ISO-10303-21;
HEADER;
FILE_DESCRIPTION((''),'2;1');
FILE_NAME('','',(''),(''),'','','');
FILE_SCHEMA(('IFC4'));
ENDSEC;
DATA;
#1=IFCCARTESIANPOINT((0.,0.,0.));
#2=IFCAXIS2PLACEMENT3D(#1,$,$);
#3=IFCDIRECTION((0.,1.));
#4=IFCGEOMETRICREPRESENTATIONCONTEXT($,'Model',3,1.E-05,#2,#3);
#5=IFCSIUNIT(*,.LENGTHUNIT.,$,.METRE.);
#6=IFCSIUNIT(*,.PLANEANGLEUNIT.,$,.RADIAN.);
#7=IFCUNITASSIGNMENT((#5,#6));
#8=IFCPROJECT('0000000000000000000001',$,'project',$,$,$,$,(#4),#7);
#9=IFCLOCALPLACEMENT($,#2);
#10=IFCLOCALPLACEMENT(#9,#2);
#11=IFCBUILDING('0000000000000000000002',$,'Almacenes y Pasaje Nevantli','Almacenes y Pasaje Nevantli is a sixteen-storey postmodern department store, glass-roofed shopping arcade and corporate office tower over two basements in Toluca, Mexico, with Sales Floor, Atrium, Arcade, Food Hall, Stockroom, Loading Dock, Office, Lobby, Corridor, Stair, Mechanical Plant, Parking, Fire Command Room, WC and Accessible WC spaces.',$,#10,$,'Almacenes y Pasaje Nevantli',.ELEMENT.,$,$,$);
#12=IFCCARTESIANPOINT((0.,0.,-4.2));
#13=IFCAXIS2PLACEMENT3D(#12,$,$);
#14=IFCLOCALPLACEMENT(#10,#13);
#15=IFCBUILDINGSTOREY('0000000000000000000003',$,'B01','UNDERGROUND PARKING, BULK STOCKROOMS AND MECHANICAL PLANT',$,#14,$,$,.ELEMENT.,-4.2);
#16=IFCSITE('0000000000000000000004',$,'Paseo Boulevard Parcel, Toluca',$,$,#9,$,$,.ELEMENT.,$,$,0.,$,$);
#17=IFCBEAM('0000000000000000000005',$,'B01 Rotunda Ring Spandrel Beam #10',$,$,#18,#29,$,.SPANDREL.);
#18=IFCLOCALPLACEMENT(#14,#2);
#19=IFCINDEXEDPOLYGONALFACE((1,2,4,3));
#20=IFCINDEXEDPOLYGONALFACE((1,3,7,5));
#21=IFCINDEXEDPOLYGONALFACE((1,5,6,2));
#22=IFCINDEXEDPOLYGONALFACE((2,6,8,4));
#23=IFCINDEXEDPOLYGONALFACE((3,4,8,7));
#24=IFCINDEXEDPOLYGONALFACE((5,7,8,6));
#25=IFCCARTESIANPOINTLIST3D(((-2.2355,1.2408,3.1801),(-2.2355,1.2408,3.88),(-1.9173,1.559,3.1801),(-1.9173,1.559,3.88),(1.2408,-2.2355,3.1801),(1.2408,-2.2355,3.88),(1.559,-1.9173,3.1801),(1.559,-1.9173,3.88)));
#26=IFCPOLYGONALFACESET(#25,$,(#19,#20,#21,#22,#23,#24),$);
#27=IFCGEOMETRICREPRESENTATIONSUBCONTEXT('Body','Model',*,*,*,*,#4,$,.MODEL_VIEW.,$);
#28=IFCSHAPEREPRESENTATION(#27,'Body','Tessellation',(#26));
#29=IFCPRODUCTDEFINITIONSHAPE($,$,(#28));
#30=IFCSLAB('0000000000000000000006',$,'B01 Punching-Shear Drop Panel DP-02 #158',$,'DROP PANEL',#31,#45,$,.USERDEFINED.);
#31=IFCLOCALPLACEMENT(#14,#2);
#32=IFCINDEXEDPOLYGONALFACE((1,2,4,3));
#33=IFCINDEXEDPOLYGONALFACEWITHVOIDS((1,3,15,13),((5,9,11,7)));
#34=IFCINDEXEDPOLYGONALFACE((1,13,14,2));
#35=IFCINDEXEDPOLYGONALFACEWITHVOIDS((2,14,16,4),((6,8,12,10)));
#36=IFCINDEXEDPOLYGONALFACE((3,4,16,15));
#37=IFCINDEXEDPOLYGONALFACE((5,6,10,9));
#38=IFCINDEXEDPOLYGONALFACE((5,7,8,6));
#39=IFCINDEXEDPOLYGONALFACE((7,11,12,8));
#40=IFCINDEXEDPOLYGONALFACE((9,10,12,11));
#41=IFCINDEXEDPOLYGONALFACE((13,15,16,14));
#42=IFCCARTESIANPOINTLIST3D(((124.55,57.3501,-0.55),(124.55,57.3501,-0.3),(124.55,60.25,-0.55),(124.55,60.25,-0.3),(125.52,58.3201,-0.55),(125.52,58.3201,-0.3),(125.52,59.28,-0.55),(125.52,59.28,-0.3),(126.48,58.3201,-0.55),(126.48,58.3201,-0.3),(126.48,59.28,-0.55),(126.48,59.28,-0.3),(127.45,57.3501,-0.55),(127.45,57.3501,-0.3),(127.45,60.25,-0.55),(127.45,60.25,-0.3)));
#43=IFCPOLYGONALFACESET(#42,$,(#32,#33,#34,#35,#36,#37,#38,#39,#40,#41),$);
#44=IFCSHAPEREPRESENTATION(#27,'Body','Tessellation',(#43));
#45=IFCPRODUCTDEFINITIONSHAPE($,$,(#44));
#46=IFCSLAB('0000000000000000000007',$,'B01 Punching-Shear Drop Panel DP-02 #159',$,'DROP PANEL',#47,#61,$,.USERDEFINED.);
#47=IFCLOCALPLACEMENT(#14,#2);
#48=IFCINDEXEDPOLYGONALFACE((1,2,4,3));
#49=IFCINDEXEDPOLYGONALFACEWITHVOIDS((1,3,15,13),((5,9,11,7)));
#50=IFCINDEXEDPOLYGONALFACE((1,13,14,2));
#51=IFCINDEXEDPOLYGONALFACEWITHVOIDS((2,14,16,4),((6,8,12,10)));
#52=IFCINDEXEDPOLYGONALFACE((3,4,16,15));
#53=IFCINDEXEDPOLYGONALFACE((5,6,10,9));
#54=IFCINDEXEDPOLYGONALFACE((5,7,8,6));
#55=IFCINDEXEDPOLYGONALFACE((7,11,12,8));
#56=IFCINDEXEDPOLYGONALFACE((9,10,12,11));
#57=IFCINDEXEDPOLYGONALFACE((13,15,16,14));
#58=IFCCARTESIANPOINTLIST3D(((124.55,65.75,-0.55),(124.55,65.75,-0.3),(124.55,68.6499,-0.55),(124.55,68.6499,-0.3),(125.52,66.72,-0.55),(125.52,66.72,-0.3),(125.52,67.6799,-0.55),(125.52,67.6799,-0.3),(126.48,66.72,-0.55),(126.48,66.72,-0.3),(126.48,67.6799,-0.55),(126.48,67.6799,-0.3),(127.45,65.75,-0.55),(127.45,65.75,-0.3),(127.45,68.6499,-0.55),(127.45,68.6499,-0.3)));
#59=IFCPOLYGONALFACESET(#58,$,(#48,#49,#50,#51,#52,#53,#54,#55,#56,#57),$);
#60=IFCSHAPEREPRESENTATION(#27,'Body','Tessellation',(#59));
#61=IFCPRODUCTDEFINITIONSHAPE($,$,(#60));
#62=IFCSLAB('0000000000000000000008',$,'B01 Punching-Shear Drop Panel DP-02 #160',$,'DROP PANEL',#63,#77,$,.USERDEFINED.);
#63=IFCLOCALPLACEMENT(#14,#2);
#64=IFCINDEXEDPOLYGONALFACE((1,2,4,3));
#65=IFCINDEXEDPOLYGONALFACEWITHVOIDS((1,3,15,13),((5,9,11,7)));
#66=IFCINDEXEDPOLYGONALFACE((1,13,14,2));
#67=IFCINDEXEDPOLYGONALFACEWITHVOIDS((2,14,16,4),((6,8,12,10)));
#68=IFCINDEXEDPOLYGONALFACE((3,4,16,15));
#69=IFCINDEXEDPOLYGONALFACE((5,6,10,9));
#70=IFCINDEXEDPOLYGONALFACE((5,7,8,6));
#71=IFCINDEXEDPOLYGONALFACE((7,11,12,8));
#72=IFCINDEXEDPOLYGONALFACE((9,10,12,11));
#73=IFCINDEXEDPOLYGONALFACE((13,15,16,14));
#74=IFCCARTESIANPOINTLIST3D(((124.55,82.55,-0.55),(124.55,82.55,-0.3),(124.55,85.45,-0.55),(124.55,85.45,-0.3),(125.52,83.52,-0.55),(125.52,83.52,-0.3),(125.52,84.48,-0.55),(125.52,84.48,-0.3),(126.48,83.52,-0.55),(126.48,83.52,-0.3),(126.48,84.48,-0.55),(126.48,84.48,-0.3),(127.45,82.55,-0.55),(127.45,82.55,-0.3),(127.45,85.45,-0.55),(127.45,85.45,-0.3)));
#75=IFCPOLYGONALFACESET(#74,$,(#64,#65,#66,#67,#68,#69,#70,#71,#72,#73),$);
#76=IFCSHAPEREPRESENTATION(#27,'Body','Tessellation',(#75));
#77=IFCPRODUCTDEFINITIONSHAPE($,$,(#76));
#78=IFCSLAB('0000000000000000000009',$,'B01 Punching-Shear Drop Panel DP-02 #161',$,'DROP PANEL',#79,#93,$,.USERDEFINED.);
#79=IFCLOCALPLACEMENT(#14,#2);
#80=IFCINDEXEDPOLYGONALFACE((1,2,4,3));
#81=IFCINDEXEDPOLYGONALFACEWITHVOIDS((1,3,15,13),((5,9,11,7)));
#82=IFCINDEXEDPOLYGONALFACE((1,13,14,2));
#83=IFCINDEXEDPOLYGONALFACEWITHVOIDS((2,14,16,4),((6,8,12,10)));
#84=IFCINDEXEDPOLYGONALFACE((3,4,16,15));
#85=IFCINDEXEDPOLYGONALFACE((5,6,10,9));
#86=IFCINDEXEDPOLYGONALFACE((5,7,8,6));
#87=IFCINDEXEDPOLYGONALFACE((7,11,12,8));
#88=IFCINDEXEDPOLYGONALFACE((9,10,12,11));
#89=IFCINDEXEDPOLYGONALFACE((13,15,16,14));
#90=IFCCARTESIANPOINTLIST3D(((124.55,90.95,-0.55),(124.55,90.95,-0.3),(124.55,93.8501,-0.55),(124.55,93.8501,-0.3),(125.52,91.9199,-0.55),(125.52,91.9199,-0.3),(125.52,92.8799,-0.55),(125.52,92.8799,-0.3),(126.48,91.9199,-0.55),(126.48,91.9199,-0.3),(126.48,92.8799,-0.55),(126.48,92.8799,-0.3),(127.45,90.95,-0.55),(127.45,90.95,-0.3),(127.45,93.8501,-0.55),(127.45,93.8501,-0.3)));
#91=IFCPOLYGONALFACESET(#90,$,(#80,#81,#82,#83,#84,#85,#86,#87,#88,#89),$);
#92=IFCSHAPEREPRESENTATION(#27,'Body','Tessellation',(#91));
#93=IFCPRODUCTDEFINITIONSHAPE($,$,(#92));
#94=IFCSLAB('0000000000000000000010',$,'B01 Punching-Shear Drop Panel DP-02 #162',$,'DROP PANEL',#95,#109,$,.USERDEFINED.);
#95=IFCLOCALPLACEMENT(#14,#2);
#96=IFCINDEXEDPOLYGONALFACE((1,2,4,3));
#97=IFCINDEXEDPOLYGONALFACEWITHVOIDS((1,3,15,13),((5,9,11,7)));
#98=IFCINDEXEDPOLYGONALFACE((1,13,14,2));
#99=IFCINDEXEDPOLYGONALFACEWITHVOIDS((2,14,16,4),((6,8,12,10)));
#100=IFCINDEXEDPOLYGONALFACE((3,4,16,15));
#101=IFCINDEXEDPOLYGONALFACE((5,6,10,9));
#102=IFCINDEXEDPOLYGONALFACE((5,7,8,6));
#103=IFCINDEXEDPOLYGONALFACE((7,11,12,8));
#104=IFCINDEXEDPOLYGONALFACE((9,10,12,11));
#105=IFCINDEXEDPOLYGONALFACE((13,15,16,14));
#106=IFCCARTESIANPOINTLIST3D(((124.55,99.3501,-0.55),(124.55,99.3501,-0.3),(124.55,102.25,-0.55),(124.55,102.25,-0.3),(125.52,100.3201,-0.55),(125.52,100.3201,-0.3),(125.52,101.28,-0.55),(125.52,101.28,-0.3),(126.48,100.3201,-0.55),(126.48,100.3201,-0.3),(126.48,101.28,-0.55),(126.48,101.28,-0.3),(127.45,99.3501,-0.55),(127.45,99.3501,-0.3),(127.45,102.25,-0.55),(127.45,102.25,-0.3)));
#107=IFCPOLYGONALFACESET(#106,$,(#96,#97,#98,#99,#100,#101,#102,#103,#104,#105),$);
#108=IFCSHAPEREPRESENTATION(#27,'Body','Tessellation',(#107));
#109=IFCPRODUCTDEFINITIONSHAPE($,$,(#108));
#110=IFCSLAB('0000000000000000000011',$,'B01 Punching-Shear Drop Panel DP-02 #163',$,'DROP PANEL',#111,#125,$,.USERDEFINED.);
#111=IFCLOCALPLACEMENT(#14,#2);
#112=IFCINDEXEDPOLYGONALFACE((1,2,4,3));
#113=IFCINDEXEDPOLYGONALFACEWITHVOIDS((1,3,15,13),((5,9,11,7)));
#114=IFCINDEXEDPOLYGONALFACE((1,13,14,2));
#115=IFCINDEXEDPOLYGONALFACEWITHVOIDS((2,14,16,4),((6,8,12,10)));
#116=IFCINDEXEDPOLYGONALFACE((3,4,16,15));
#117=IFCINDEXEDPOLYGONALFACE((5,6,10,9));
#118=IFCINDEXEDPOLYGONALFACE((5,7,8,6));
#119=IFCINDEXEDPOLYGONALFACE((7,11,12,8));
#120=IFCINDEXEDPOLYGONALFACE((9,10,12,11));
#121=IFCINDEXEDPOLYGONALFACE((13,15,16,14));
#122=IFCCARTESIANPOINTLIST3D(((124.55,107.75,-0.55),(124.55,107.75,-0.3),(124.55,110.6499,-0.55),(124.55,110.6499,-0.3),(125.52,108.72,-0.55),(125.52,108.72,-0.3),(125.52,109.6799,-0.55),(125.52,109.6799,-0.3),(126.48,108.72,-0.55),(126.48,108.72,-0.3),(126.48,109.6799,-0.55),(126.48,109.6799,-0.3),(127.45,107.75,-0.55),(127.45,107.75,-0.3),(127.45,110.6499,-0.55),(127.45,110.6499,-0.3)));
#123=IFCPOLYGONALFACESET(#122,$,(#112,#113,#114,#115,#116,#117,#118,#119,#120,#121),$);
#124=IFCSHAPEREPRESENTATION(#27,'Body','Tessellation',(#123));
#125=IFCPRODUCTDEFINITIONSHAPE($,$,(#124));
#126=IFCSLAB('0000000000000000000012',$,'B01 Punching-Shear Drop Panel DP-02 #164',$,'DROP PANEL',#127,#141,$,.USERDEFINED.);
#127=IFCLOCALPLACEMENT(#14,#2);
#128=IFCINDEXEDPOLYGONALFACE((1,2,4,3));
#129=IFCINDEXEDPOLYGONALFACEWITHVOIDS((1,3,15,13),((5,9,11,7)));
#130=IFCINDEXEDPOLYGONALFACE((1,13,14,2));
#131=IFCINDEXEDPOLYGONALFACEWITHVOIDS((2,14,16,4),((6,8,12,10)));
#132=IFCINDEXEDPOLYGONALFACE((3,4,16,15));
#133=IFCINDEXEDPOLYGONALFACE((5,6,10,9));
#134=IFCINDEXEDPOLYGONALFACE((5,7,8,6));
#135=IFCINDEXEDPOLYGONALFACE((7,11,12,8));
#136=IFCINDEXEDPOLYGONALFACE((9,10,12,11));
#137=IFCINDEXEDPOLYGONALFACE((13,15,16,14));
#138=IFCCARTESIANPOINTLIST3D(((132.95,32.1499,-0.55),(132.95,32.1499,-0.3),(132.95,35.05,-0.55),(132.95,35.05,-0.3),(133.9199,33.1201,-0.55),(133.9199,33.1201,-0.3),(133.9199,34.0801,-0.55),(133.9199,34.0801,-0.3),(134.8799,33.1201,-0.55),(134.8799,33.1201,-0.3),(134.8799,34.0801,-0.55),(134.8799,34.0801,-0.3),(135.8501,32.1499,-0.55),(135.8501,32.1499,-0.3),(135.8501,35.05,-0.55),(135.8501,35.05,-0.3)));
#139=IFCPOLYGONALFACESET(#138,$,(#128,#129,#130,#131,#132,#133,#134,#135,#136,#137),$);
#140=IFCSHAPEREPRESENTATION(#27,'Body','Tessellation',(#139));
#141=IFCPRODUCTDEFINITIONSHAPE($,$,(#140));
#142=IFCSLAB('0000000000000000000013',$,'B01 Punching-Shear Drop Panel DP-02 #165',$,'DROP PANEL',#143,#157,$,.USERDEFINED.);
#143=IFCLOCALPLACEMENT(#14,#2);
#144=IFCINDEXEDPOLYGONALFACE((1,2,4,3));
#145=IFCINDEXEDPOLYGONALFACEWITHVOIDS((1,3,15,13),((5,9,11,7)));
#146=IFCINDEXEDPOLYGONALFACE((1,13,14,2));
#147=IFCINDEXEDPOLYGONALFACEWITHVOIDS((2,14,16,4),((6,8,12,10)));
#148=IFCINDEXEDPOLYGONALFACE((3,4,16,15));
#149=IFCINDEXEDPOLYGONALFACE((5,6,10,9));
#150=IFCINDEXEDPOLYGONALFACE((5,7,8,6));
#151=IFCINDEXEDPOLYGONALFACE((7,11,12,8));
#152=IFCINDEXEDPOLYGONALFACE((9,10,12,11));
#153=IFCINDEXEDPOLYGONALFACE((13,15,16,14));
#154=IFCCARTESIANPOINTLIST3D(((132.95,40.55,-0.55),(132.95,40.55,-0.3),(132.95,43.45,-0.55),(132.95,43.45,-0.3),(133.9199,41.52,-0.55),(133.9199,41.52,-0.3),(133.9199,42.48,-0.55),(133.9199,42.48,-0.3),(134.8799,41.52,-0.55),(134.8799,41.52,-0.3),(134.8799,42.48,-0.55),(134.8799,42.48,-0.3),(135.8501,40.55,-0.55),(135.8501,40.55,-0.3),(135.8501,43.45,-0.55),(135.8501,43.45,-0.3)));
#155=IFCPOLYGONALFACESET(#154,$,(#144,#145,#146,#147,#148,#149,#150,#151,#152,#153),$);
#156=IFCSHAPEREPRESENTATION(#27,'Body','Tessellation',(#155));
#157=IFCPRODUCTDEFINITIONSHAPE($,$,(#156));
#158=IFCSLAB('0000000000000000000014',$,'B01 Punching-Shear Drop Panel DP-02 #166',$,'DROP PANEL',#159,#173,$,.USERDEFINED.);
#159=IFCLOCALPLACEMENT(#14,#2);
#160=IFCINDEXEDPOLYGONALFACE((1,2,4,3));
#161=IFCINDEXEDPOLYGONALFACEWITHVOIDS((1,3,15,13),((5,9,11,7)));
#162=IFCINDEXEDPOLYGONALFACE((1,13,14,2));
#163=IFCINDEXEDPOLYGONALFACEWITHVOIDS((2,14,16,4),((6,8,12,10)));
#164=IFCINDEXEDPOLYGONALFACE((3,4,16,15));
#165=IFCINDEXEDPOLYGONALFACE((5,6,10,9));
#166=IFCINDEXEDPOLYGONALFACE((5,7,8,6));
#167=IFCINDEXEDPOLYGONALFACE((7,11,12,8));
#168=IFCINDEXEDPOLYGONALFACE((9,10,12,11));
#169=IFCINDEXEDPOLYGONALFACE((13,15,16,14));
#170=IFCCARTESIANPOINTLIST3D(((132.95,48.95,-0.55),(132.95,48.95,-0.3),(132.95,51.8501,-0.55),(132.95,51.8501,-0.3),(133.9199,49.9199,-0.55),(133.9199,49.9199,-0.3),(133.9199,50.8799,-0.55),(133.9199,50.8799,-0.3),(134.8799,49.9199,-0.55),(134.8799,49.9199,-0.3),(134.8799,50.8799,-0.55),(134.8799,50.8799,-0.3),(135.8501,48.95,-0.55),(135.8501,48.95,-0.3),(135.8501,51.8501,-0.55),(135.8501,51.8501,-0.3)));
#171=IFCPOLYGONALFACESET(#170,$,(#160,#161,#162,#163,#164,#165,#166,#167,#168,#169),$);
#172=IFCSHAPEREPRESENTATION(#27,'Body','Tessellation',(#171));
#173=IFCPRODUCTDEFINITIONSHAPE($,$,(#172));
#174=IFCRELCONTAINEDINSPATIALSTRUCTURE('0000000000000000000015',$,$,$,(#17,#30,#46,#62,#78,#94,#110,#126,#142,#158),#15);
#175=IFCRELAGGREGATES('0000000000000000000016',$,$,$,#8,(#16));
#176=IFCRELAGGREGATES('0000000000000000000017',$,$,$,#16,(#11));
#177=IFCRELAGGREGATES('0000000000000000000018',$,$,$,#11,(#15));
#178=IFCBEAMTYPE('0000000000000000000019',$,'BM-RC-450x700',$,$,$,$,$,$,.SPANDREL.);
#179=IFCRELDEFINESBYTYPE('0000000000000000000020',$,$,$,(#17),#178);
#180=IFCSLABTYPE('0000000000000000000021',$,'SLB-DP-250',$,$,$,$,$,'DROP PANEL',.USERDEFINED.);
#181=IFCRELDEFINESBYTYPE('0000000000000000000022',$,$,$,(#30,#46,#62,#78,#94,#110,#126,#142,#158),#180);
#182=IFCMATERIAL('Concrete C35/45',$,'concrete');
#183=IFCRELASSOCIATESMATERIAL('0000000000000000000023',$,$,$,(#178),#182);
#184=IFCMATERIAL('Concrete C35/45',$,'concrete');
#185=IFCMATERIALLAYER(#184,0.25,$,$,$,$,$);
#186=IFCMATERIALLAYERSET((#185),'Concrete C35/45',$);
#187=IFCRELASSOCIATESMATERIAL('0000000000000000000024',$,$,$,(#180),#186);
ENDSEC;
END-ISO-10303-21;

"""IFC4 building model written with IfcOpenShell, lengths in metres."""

from ifc_helpers import new_model, si_unit, direction, frame, origin, origin_2d, place, context, subcontext, project, spatial, polyline, rectangle, outline, extrude, material, layer, layer_set, material_profile, profile_set, type_object, element, save


model = new_model("IFC4")

# Units and contexts
model_context = context("Model", 3, precision=1e-05, world=origin(), true_north=direction((0.0, 1.0)))
body_context = subcontext(model_context, "Body", "Model", "MODEL_VIEW")
ifc_project = project(units=[si_unit("LENGTHUNIT", "METRE"), si_unit("PLANEANGLEUNIT", "RADIAN")], contexts=[model_context])

# Site, building, storey
site_placement = place(None, origin())
site = spatial("IfcSite", under=ifc_project, at=site_placement, Name="Paseo Boulevard Parcel, Toluca", CompositionType="ELEMENT", RefElevation=0.0)
building_placement = place(site_placement, origin())
building = spatial("IfcBuilding", under=site, at=building_placement, Name="Almacenes y Pasaje Nevantli", Description="Almacenes y Pasaje Nevantli is a sixteen-storey postmodern department store, glass-roofed shopping arcade and corporate office tower over two basements in Toluca, Mexico, with Sales Floor, Atrium, Arcade, Food Hall, Stockroom, Loading Dock, Office, Lobby, Corridor, Stair, Mechanical Plant, Parking, Fire Command Room, WC and Accessible WC spaces.", LongName="Almacenes y Pasaje Nevantli", CompositionType="ELEMENT")
storey_placement = place(building_placement, frame((0.0, 0.0, -4.2)))
storey = spatial("IfcBuildingStorey", under=building, at=storey_placement, Name="B01", Description="UNDERGROUND PARKING, BULK STOCKROOMS AND MECHANICAL PLANT", CompositionType="ELEMENT", Elevation=-4.2)

# Beam
ifc_material_1 = material(Name="Concrete C35/45", Category="concrete")
ifc_material_profile_1 = material_profile(ifc_material_1, rectangle(XDim=0.45, YDim=0.7, at=origin_2d()), Name="RC-BM-450x700")
ifc_profile_set_1 = profile_set([ifc_material_profile_1], Name="Concrete C35/45")
beam_type = type_object("IfcBeamType", Name="BM-RC-450x700", PredefinedType="SPANDREL", material=ifc_profile_set_1)
for number, where, z_axis, x_axis, name in (
    (1, (-2.0764, 1.3999, 3.53), (0.707107, -0.707107, 0.0), (0.707107, 0.707107, 0.0), "B01 Rotunda Ring Spandrel Beam #10"),
):
    element("IfcBeam", number, at=place(storey_placement, frame(where, z_axis=z_axis, x_axis=x_axis)), inside=storey, type_object=beam_type, Name=name, PredefinedType="SPANDREL", context=body_context, shape_type="SweptSolid", body=[
        extrude(rectangle(XDim=0.45, YDim=0.7, at=origin_2d()), origin(), (0.0, 0.0, 1.0), 4.9163),
    ])

# Slabs
ifc_material_2 = material(Name="Concrete C35/45", Category="concrete")
ifc_layer_1 = layer(ifc_material_2, 0.25)
ifc_layer_set_1 = layer_set([ifc_layer_1], Name="Concrete C35/45")
slab_type = type_object("IfcSlabType", Name="SLB-DP-250", ElementType="DROP PANEL", PredefinedType="USERDEFINED", material=ifc_layer_set_1)
slab_1_placement = place(storey_placement, frame((0.0, 0.0, -0.55)))
element("IfcSlab", 2, at=slab_1_placement, inside=storey, type_object=slab_type, Name="B01 Punching-Shear Drop Panel DP-02 #158", ObjectType="DROP PANEL", PredefinedType="USERDEFINED", context=body_context, shape_type="SweptSolid", body=[
    extrude(outline(polyline([(124.55, 57.3501), (127.45, 57.3501), (127.45, 60.25), (124.55, 60.25), (124.55, 57.3501)]), holes=[polyline([(125.52, 58.3201), (126.48, 58.3201), (126.48, 59.28), (125.52, 59.28), (125.52, 58.3201)])]), origin(), (0.0, 0.0, 1.0), 0.25),
])
slab_2_placement = place(storey_placement, frame((0.0, 0.0, -0.55)))
element("IfcSlab", 3, at=slab_2_placement, inside=storey, type_object=slab_type, Name="B01 Punching-Shear Drop Panel DP-02 #159", ObjectType="DROP PANEL", PredefinedType="USERDEFINED", context=body_context, shape_type="SweptSolid", body=[
    extrude(outline(polyline([(124.55, 65.75), (127.45, 65.75), (127.45, 68.6499), (124.55, 68.6499), (124.55, 65.75)]), holes=[polyline([(125.52, 66.72), (126.48, 66.72), (126.48, 67.6799), (125.52, 67.6799), (125.52, 66.72)])]), origin(), (0.0, 0.0, 1.0), 0.25),
])
slab_3_placement = place(storey_placement, frame((0.0, 0.0, -0.55)))
element("IfcSlab", 4, at=slab_3_placement, inside=storey, type_object=slab_type, Name="B01 Punching-Shear Drop Panel DP-02 #160", ObjectType="DROP PANEL", PredefinedType="USERDEFINED", context=body_context, shape_type="SweptSolid", body=[
    extrude(outline(polyline([(124.55, 82.55), (127.45, 82.55), (127.45, 85.45), (124.55, 85.45), (124.55, 82.55)]), holes=[polyline([(125.52, 83.52), (126.48, 83.52), (126.48, 84.48), (125.52, 84.48), (125.52, 83.52)])]), origin(), (0.0, 0.0, 1.0), 0.25),
])
slab_4_placement = place(storey_placement, frame((0.0, 0.0, -0.55)))
element("IfcSlab", 5, at=slab_4_placement, inside=storey, type_object=slab_type, Name="B01 Punching-Shear Drop Panel DP-02 #161", ObjectType="DROP PANEL", PredefinedType="USERDEFINED", context=body_context, shape_type="SweptSolid", body=[
    extrude(outline(polyline([(124.55, 90.95), (127.45, 90.95), (127.45, 93.8501), (124.55, 93.8501), (124.55, 90.95)]), holes=[polyline([(125.52, 91.9199), (126.48, 91.9199), (126.48, 92.8799), (125.52, 92.8799), (125.52, 91.9199)])]), origin(), (0.0, 0.0, 1.0), 0.25),
])
slab_5_placement = place(storey_placement, frame((0.0, 0.0, -0.55)))
element("IfcSlab", 6, at=slab_5_placement, inside=storey, type_object=slab_type, Name="B01 Punching-Shear Drop Panel DP-02 #162", ObjectType="DROP PANEL", PredefinedType="USERDEFINED", context=body_context, shape_type="SweptSolid", body=[
    extrude(outline(polyline([(124.55, 99.3501), (127.45, 99.3501), (127.45, 102.25), (124.55, 102.25), (124.55, 99.3501)]), holes=[polyline([(125.52, 100.3201), (126.48, 100.3201), (126.48, 101.28), (125.52, 101.28), (125.52, 100.3201)])]), origin(), (0.0, 0.0, 1.0), 0.25),
])
slab_6_placement = place(storey_placement, frame((0.0, 0.0, -0.55)))
element("IfcSlab", 7, at=slab_6_placement, inside=storey, type_object=slab_type, Name="B01 Punching-Shear Drop Panel DP-02 #163", ObjectType="DROP PANEL", PredefinedType="USERDEFINED", context=body_context, shape_type="SweptSolid", body=[
    extrude(outline(polyline([(124.55, 107.75), (127.45, 107.75), (127.45, 110.6499), (124.55, 110.6499), (124.55, 107.75)]), holes=[polyline([(125.52, 108.72), (126.48, 108.72), (126.48, 109.6799), (125.52, 109.6799), (125.52, 108.72)])]), origin(), (0.0, 0.0, 1.0), 0.25),
])
slab_7_placement = place(storey_placement, frame((0.0, 0.0, -0.55)))
element("IfcSlab", 8, at=slab_7_placement, inside=storey, type_object=slab_type, Name="B01 Punching-Shear Drop Panel DP-02 #164", ObjectType="DROP PANEL", PredefinedType="USERDEFINED", context=body_context, shape_type="SweptSolid", body=[
    extrude(outline(polyline([(132.95, 32.1499), (135.8501, 32.1499), (135.8501, 35.05), (132.95, 35.05), (132.95, 32.1499)]), holes=[polyline([(133.9199, 33.1201), (134.8799, 33.1201), (134.8799, 34.0801), (133.9199, 34.0801), (133.9199, 33.1201)])]), origin(), (0.0, 0.0, 1.0), 0.25),
])
slab_8_placement = place(storey_placement, frame((0.0, 0.0, -0.55)))
element("IfcSlab", 9, at=slab_8_placement, inside=storey, type_object=slab_type, Name="B01 Punching-Shear Drop Panel DP-02 #165", ObjectType="DROP PANEL", PredefinedType="USERDEFINED", context=body_context, shape_type="SweptSolid", body=[
    extrude(outline(polyline([(132.95, 40.55), (135.8501, 40.55), (135.8501, 43.45), (132.95, 43.45), (132.95, 40.55)]), holes=[polyline([(133.9199, 41.52), (134.8799, 41.52), (134.8799, 42.48), (133.9199, 42.48), (133.9199, 41.52)])]), origin(), (0.0, 0.0, 1.0), 0.25),
])
slab_9_placement = place(storey_placement, frame((0.0, 0.0, -0.55)))
element("IfcSlab", 10, at=slab_9_placement, inside=storey, type_object=slab_type, Name="B01 Punching-Shear Drop Panel DP-02 #166", ObjectType="DROP PANEL", PredefinedType="USERDEFINED", context=body_context, shape_type="SweptSolid", body=[
    extrude(outline(polyline([(132.95, 48.95), (135.8501, 48.95), (135.8501, 51.8501), (132.95, 51.8501), (132.95, 48.95)]), holes=[polyline([(133.9199, 49.9199), (134.8799, 49.9199), (134.8799, 50.8799), (133.9199, 50.8799), (133.9199, 49.9199)])]), origin(), (0.0, 0.0, 1.0), 0.25),
])

save(model, "model.ifc")
